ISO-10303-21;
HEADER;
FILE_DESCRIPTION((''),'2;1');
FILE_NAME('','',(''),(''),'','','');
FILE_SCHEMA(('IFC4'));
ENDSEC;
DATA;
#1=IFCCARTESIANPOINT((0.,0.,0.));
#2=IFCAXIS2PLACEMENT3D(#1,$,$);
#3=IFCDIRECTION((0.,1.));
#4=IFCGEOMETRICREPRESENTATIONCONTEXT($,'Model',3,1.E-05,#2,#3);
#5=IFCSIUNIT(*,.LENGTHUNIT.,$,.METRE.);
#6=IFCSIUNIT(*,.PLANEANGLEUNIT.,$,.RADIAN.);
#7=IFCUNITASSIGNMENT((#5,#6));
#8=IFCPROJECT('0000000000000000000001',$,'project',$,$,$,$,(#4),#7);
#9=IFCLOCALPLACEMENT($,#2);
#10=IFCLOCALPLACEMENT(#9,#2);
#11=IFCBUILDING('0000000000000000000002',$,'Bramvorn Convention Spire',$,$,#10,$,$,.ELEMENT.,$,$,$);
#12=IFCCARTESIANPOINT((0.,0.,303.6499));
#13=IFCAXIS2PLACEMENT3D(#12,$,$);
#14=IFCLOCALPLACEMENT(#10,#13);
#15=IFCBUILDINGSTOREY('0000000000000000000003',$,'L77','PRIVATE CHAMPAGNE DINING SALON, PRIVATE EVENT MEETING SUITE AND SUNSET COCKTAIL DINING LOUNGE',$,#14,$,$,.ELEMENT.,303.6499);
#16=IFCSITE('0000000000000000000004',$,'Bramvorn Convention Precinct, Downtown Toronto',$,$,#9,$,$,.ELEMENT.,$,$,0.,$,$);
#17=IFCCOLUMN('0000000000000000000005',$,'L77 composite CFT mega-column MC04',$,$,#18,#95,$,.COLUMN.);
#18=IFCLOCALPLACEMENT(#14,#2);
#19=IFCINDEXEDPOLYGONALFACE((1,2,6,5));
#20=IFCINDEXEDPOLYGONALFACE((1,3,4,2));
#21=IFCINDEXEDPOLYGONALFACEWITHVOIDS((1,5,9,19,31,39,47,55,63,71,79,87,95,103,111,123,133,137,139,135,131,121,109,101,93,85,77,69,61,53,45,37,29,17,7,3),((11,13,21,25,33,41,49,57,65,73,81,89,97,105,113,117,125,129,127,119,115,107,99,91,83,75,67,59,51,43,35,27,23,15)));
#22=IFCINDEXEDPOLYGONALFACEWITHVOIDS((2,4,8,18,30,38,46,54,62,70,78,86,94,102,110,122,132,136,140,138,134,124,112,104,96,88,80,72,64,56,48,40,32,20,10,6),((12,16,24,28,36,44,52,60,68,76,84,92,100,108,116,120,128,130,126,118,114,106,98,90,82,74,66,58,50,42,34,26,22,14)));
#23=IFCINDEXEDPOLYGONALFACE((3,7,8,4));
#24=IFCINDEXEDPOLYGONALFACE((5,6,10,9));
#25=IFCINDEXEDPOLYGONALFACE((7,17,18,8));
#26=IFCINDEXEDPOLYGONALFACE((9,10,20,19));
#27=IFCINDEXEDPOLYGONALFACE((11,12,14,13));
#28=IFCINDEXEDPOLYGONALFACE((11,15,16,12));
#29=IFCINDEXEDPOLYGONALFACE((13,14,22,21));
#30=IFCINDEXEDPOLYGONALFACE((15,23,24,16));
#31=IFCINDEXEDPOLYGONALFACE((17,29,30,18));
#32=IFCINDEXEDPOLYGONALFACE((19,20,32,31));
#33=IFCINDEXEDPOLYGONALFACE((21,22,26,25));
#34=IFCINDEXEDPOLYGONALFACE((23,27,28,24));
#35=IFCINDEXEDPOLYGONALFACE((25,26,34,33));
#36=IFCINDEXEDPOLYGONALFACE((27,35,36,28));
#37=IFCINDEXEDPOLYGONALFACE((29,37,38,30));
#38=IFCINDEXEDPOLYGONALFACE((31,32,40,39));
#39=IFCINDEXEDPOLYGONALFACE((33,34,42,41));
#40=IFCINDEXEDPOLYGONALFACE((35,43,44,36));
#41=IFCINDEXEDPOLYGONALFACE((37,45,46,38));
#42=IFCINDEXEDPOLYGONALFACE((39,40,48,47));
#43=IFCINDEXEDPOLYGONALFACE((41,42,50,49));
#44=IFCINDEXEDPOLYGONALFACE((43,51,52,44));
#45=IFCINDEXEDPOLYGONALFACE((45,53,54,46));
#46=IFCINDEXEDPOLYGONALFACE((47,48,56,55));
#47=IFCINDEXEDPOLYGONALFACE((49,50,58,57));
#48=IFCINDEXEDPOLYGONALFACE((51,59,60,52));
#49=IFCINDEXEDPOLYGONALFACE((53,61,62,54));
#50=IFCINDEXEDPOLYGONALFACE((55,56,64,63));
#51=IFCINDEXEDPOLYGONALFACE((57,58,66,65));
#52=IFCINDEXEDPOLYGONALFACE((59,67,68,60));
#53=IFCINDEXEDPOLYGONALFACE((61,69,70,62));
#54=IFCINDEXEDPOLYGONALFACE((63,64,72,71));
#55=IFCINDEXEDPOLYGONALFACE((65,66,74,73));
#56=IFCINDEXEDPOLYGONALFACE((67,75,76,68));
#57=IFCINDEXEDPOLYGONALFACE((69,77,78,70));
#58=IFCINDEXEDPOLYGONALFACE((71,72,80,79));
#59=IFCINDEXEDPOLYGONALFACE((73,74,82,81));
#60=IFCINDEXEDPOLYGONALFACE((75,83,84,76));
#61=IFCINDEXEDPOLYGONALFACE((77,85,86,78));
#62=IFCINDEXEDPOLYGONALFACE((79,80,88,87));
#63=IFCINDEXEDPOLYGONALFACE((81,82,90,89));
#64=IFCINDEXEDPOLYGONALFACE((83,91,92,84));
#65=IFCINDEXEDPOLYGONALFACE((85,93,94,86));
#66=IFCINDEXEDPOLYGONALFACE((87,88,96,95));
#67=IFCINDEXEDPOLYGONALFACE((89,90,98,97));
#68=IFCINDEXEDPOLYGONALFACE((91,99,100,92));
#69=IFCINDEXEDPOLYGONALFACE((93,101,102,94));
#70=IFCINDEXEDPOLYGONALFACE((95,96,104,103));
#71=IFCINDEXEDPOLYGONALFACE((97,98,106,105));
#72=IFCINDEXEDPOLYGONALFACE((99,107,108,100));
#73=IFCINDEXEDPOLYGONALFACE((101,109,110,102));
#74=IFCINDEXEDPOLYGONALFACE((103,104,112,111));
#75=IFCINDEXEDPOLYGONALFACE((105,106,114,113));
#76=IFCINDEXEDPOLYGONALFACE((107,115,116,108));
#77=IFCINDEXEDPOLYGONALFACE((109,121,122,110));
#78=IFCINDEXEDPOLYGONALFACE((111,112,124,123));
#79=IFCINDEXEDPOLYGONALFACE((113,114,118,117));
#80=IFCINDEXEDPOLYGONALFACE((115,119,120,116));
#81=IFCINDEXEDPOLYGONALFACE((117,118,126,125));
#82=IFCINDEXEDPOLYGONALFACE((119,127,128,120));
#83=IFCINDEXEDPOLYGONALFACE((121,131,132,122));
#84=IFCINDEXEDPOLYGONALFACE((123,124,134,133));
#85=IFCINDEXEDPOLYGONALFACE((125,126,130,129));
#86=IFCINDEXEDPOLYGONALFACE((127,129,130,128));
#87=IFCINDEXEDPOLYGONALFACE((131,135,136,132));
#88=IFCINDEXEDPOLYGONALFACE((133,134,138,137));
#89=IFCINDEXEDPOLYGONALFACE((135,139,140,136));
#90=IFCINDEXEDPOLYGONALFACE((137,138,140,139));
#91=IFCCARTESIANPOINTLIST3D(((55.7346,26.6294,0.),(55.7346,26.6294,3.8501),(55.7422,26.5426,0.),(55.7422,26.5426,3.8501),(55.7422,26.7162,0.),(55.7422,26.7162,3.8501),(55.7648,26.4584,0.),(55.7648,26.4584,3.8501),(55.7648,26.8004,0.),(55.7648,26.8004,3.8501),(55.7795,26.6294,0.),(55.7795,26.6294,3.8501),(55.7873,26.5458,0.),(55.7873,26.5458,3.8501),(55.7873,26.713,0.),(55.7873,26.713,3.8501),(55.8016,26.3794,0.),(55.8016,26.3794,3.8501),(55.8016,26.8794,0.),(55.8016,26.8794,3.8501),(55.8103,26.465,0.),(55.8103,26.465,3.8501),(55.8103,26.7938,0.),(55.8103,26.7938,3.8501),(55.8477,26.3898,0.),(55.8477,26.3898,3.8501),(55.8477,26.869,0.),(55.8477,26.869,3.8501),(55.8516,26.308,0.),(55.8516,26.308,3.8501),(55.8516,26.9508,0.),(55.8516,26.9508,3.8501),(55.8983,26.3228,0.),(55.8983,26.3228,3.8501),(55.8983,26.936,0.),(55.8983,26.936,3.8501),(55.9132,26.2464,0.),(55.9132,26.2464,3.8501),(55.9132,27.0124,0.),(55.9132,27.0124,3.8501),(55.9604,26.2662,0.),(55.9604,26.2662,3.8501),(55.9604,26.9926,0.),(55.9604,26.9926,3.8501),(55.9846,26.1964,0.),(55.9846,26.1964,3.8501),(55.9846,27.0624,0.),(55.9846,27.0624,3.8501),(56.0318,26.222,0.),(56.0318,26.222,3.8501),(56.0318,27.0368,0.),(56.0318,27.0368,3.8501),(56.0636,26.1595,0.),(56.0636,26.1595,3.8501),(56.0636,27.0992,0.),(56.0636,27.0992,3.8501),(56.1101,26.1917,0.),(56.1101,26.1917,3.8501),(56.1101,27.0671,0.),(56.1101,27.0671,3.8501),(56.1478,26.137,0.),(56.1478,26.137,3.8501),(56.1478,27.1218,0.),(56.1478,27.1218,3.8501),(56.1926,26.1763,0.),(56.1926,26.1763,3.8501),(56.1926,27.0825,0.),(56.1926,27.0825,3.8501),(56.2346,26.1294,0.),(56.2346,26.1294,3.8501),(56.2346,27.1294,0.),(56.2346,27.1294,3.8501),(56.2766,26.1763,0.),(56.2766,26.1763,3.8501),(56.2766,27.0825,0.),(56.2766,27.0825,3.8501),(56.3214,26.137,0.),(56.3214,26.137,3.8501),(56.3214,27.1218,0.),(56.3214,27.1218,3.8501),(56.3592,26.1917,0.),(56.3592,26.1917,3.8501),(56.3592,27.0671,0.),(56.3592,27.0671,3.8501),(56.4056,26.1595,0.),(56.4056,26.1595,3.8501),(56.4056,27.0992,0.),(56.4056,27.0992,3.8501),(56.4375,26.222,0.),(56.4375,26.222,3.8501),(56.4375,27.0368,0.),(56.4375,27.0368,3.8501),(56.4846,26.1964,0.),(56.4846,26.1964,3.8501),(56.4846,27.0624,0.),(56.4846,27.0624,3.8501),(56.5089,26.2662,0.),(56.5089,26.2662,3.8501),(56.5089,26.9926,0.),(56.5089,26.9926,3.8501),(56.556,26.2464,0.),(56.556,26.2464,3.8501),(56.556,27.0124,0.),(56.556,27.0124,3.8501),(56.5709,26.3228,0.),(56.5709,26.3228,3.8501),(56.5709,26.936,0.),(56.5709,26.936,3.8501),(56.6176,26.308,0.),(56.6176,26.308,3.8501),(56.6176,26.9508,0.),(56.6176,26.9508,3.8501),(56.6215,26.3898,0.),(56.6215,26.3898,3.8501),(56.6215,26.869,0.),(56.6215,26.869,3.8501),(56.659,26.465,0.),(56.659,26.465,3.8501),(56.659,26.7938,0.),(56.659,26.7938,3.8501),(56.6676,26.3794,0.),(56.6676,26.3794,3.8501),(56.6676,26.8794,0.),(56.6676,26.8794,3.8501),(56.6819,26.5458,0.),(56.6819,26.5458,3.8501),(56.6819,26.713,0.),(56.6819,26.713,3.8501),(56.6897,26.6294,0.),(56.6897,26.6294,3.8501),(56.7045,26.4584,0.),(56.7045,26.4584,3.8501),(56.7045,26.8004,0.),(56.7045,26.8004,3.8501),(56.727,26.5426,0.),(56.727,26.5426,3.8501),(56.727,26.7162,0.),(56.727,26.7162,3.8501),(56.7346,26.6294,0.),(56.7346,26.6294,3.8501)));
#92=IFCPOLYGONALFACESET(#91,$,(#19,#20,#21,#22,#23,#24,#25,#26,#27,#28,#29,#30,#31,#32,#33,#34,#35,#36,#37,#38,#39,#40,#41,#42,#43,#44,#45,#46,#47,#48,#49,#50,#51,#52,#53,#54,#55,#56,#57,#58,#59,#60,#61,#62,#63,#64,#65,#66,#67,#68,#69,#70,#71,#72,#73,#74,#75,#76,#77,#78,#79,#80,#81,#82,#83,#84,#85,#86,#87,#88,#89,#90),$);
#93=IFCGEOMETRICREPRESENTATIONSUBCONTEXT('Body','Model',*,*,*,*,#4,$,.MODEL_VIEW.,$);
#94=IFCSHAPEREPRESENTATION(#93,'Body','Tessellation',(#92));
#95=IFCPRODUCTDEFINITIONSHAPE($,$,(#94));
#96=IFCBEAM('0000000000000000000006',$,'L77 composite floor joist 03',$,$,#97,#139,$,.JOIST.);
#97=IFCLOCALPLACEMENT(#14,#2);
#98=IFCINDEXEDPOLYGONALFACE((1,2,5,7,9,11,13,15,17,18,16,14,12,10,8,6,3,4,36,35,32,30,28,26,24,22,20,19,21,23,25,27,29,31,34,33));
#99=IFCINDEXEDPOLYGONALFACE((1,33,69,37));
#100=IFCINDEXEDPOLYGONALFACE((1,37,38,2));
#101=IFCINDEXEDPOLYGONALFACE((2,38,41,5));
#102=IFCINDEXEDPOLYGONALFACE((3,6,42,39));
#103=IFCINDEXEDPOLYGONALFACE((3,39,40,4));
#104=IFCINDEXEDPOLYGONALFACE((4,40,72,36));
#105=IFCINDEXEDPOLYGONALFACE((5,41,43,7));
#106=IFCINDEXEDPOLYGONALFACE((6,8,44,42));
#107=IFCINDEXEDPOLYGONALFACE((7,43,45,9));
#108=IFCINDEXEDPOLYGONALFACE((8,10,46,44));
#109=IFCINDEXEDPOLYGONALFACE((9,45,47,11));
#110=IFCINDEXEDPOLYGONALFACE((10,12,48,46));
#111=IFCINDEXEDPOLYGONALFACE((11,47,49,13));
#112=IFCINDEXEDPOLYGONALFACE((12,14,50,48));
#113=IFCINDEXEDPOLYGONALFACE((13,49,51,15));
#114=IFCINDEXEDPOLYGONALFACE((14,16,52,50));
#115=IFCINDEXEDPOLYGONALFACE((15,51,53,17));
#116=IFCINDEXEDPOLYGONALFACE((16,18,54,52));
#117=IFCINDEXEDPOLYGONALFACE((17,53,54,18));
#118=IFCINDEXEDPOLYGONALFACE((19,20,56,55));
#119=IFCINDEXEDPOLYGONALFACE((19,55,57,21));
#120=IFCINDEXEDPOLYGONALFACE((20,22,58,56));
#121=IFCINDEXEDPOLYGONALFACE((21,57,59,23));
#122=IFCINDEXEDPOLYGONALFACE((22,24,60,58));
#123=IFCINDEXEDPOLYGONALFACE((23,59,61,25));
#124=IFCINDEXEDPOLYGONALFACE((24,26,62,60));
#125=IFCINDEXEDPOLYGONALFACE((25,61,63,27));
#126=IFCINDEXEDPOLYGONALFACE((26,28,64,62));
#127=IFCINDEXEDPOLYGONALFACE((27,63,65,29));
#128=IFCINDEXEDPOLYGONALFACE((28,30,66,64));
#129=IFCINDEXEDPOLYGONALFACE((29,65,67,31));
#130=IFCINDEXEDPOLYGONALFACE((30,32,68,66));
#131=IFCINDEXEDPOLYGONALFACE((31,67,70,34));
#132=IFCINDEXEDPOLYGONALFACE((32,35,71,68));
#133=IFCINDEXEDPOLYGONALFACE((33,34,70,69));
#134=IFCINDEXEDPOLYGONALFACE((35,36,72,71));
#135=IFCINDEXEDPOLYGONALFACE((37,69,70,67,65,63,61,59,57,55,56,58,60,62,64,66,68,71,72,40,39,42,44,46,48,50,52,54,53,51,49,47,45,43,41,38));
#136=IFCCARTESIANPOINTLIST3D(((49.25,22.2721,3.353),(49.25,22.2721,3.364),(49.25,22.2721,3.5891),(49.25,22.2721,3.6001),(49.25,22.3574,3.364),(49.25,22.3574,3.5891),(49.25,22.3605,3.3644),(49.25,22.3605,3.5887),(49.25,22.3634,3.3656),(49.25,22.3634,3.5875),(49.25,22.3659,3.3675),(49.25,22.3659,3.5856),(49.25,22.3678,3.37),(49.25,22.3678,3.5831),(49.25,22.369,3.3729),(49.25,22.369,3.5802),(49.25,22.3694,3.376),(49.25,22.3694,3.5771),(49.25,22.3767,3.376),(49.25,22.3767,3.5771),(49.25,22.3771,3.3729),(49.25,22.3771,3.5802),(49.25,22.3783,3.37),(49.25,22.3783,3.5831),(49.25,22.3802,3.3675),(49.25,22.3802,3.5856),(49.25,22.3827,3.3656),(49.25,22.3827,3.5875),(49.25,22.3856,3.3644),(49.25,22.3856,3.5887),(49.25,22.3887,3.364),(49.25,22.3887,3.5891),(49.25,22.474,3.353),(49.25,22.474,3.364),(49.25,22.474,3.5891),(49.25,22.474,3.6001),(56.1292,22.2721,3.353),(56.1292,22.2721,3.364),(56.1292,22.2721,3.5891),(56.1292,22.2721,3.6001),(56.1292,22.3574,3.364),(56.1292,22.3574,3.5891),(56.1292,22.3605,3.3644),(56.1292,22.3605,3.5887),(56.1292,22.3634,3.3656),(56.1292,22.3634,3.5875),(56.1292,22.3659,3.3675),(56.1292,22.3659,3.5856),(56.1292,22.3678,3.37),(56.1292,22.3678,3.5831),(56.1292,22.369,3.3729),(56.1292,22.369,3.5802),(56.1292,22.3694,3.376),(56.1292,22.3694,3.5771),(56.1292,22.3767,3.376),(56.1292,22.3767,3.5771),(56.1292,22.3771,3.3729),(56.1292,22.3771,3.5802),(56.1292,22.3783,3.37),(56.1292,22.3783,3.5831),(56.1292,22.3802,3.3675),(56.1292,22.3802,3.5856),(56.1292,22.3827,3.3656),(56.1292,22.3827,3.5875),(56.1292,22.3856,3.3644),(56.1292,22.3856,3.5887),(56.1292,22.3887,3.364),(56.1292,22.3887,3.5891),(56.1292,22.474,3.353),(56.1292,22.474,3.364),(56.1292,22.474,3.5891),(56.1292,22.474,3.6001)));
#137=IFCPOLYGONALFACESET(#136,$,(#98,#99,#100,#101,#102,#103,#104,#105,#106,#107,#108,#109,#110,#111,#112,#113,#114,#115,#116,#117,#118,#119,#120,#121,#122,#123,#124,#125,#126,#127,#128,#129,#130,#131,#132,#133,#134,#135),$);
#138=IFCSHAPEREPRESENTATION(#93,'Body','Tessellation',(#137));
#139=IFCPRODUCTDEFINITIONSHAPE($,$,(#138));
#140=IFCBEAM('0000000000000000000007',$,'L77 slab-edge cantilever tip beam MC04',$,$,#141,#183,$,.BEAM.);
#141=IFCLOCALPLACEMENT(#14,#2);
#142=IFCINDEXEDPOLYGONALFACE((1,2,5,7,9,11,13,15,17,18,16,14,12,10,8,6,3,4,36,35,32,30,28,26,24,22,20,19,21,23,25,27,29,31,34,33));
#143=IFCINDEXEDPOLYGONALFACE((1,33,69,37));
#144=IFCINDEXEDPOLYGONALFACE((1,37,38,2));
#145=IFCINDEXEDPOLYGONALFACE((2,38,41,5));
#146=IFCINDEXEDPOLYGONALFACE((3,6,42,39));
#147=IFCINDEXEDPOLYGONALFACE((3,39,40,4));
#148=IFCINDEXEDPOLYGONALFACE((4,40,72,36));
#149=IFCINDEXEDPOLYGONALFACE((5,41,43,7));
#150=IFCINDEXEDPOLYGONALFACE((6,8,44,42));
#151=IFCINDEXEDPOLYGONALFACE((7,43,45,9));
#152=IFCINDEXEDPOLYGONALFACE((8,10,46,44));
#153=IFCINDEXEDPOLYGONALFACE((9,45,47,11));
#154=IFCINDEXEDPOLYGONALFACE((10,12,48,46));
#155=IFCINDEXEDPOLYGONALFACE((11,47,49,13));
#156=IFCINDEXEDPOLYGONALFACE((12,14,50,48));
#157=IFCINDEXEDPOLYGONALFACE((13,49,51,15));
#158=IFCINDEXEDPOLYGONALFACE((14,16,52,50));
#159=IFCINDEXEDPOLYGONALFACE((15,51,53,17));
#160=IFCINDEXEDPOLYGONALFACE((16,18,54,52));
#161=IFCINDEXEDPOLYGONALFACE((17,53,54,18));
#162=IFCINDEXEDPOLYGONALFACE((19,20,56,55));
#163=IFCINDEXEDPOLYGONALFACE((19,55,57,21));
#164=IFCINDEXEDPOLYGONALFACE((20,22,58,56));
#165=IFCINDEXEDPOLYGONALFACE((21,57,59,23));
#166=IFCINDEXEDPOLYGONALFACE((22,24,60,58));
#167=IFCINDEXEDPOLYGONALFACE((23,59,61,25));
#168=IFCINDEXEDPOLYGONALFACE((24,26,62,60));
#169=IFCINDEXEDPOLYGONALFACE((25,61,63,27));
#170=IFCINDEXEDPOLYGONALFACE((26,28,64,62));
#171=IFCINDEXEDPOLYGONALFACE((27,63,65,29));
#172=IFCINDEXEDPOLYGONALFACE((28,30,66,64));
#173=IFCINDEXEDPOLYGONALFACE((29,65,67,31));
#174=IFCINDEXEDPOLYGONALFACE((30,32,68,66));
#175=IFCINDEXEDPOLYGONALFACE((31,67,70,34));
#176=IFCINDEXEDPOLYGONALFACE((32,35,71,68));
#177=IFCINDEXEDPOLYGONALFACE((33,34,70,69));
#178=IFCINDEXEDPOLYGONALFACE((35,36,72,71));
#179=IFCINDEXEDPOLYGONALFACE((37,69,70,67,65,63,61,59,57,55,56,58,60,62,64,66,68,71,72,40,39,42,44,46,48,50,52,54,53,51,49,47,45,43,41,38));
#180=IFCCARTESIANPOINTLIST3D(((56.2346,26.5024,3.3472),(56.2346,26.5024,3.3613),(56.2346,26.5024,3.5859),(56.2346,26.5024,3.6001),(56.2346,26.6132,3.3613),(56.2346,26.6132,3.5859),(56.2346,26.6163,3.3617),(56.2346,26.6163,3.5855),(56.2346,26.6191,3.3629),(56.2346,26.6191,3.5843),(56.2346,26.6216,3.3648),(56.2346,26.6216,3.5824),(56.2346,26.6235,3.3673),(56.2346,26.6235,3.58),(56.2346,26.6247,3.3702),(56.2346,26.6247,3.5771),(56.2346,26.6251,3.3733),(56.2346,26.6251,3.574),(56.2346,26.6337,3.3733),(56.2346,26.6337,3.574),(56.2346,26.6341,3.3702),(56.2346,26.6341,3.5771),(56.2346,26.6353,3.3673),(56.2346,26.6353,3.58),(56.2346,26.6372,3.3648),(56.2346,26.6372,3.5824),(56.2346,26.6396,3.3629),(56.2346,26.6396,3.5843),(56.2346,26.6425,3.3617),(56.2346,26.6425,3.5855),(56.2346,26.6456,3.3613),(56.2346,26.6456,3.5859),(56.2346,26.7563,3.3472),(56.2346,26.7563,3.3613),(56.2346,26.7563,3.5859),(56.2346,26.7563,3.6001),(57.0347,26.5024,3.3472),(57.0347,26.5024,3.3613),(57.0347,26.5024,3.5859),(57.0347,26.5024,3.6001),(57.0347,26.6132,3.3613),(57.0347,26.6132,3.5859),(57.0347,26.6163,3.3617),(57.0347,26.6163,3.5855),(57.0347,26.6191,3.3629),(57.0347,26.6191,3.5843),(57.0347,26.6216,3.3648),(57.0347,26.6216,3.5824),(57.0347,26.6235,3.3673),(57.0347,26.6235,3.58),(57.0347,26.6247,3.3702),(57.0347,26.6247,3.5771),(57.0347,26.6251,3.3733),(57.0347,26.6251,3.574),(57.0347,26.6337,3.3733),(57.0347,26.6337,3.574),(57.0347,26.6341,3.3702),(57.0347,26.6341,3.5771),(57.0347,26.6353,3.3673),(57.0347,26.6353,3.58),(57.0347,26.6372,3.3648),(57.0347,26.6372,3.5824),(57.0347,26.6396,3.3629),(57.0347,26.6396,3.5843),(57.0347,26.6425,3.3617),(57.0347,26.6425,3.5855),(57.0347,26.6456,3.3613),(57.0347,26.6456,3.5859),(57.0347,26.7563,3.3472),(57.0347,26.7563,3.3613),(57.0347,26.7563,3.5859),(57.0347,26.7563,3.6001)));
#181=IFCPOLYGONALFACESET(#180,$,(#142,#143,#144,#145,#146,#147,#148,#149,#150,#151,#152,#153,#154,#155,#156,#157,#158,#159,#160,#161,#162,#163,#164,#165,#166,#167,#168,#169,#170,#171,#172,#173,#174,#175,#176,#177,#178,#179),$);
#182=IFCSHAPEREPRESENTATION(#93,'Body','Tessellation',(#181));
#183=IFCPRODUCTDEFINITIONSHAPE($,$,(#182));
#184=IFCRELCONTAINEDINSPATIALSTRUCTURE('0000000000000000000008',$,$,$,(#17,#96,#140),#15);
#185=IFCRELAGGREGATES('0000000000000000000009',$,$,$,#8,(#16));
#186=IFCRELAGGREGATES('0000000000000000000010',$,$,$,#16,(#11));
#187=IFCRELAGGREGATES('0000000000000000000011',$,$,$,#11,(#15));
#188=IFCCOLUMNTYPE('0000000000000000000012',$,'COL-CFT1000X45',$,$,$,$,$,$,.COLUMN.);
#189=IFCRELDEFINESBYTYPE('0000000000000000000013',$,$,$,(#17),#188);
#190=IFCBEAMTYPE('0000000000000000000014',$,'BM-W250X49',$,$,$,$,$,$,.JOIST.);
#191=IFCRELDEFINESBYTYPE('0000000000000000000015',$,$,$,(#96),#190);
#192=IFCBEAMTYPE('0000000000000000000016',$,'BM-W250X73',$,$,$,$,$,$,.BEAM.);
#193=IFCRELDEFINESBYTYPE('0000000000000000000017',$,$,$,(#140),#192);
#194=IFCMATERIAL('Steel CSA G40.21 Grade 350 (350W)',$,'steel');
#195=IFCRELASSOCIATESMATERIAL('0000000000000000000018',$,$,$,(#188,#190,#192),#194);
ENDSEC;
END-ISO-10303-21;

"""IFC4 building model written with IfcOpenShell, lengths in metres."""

from ifc_helpers import new_model, si_unit, direction, frame, origin, origin_2d, place, context, subcontext, project, spatial, hollow_circle, i_section, extrude, material, material_profile, profile_set, type_object, element, save


model = new_model("IFC4")

# Units and contexts
model_context = context("Model", 3, precision=1e-05, world=origin(), true_north=direction((0.0, 1.0)))
body_context = subcontext(model_context, "Body", "Model", "MODEL_VIEW")
ifc_project = project(units=[si_unit("LENGTHUNIT", "METRE"), si_unit("PLANEANGLEUNIT", "RADIAN")], contexts=[model_context])

# Site, building, storey
site_placement = place(None, origin())
site = spatial("IfcSite", under=ifc_project, at=site_placement, Name="Bramvorn Convention Precinct, Downtown Toronto", CompositionType="ELEMENT", RefElevation=0.0)
building_placement = place(site_placement, origin())
building = spatial("IfcBuilding", under=site, at=building_placement, Name="Bramvorn Convention Spire", CompositionType="ELEMENT")
storey_placement = place(building_placement, frame((0.0, 0.0, 303.6499)))
storey = spatial("IfcBuildingStorey", under=building, at=storey_placement, Name="L77", Description="PRIVATE CHAMPAGNE DINING SALON, PRIVATE EVENT MEETING SUITE AND SUNSET COCKTAIL DINING LOUNGE", CompositionType="ELEMENT", Elevation=303.6499)

# Column
ifc_material_1 = material(Name="Steel CSA G40.21 Grade 350 (350W)", Category="steel")
ifc_material_profile_1 = material_profile(ifc_material_1, hollow_circle(Radius=0.5, WallThickness=0.0449, at=origin_2d()))
ifc_profile_set_1 = profile_set([ifc_material_profile_1], Name="Steel CSA G40.21 Grade 350 (350W) - CFT1000X45")
column_type = type_object("IfcColumnType", Name="COL-CFT1000X45", PredefinedType="COLUMN", material=ifc_profile_set_1)
column_placement = place(storey_placement, frame((56.2346, 26.6294, 0.0), z_axis=(0.0, 0.0, 1.0), x_axis=(1.0, 0.0, 0.0)))
element("IfcColumn", 1, at=column_placement, inside=storey, type_object=column_type, Name="L77 composite CFT mega-column MC04", PredefinedType="COLUMN", context=body_context, shape_type="SweptSolid", body=[
    extrude(hollow_circle(Radius=0.5, WallThickness=0.0449, at=origin_2d()), origin(), (0.0, 0.0, 1.0), 3.8501),
])

# Beams
ifc_material_profile_2 = material_profile(ifc_material_1, i_section(OverallWidth=0.2019, OverallDepth=0.2471, WebThickness=0.0073, FlangeThickness=0.011, FilletRadius=0.012, at=origin_2d()))
ifc_profile_set_2 = profile_set([ifc_material_profile_2], Name="Steel CSA G40.21 Grade 350 (350W) - W250X49")
beam_type_1 = type_object("IfcBeamType", Name="BM-W250X49", PredefinedType="JOIST", material=ifc_profile_set_2)
beam_1_placement = place(storey_placement, frame((49.25, 22.373, 3.4766), z_axis=(1.0, 0.0, 0.0), x_axis=(0.0, 1.0, 0.0)))
element("IfcBeam", 2, at=beam_1_placement, inside=storey, type_object=beam_type_1, Name="L77 composite floor joist 03", PredefinedType="JOIST", context=body_context, shape_type="SweptSolid", body=[
    extrude(i_section(OverallWidth=0.2019, OverallDepth=0.2471, WebThickness=0.0073, FlangeThickness=0.011, FilletRadius=0.012, at=origin_2d()), origin(), (0.0, 0.0, 1.0), 6.8792),
])
ifc_material_profile_3 = material_profile(ifc_material_1, i_section(OverallWidth=0.2539, OverallDepth=0.2529, WebThickness=0.0085, FlangeThickness=0.0142, FilletRadius=0.012, at=origin_2d()))
ifc_profile_set_3 = profile_set([ifc_material_profile_3], Name="Steel CSA G40.21 Grade 350 (350W) - W250X73")
beam_type_2 = type_object("IfcBeamType", Name="BM-W250X73", PredefinedType="BEAM", material=ifc_profile_set_3)
beam_2_placement = place(storey_placement, frame((56.2346, 26.6294, 3.4736), z_axis=(1.0, 0.0, 0.0), x_axis=(0.0, 1.0, 0.0)))
element("IfcBeam", 3, at=beam_2_placement, inside=storey, type_object=beam_type_2, Name="L77 slab-edge cantilever tip beam MC04", PredefinedType="BEAM", context=body_context, shape_type="SweptSolid", body=[
    extrude(i_section(OverallWidth=0.2539, OverallDepth=0.2529, WebThickness=0.0085, FlangeThickness=0.0142, FilletRadius=0.012, at=origin_2d()), origin(), (0.0, 0.0, 1.0), 0.8),
])

save(model, "model.ifc")
